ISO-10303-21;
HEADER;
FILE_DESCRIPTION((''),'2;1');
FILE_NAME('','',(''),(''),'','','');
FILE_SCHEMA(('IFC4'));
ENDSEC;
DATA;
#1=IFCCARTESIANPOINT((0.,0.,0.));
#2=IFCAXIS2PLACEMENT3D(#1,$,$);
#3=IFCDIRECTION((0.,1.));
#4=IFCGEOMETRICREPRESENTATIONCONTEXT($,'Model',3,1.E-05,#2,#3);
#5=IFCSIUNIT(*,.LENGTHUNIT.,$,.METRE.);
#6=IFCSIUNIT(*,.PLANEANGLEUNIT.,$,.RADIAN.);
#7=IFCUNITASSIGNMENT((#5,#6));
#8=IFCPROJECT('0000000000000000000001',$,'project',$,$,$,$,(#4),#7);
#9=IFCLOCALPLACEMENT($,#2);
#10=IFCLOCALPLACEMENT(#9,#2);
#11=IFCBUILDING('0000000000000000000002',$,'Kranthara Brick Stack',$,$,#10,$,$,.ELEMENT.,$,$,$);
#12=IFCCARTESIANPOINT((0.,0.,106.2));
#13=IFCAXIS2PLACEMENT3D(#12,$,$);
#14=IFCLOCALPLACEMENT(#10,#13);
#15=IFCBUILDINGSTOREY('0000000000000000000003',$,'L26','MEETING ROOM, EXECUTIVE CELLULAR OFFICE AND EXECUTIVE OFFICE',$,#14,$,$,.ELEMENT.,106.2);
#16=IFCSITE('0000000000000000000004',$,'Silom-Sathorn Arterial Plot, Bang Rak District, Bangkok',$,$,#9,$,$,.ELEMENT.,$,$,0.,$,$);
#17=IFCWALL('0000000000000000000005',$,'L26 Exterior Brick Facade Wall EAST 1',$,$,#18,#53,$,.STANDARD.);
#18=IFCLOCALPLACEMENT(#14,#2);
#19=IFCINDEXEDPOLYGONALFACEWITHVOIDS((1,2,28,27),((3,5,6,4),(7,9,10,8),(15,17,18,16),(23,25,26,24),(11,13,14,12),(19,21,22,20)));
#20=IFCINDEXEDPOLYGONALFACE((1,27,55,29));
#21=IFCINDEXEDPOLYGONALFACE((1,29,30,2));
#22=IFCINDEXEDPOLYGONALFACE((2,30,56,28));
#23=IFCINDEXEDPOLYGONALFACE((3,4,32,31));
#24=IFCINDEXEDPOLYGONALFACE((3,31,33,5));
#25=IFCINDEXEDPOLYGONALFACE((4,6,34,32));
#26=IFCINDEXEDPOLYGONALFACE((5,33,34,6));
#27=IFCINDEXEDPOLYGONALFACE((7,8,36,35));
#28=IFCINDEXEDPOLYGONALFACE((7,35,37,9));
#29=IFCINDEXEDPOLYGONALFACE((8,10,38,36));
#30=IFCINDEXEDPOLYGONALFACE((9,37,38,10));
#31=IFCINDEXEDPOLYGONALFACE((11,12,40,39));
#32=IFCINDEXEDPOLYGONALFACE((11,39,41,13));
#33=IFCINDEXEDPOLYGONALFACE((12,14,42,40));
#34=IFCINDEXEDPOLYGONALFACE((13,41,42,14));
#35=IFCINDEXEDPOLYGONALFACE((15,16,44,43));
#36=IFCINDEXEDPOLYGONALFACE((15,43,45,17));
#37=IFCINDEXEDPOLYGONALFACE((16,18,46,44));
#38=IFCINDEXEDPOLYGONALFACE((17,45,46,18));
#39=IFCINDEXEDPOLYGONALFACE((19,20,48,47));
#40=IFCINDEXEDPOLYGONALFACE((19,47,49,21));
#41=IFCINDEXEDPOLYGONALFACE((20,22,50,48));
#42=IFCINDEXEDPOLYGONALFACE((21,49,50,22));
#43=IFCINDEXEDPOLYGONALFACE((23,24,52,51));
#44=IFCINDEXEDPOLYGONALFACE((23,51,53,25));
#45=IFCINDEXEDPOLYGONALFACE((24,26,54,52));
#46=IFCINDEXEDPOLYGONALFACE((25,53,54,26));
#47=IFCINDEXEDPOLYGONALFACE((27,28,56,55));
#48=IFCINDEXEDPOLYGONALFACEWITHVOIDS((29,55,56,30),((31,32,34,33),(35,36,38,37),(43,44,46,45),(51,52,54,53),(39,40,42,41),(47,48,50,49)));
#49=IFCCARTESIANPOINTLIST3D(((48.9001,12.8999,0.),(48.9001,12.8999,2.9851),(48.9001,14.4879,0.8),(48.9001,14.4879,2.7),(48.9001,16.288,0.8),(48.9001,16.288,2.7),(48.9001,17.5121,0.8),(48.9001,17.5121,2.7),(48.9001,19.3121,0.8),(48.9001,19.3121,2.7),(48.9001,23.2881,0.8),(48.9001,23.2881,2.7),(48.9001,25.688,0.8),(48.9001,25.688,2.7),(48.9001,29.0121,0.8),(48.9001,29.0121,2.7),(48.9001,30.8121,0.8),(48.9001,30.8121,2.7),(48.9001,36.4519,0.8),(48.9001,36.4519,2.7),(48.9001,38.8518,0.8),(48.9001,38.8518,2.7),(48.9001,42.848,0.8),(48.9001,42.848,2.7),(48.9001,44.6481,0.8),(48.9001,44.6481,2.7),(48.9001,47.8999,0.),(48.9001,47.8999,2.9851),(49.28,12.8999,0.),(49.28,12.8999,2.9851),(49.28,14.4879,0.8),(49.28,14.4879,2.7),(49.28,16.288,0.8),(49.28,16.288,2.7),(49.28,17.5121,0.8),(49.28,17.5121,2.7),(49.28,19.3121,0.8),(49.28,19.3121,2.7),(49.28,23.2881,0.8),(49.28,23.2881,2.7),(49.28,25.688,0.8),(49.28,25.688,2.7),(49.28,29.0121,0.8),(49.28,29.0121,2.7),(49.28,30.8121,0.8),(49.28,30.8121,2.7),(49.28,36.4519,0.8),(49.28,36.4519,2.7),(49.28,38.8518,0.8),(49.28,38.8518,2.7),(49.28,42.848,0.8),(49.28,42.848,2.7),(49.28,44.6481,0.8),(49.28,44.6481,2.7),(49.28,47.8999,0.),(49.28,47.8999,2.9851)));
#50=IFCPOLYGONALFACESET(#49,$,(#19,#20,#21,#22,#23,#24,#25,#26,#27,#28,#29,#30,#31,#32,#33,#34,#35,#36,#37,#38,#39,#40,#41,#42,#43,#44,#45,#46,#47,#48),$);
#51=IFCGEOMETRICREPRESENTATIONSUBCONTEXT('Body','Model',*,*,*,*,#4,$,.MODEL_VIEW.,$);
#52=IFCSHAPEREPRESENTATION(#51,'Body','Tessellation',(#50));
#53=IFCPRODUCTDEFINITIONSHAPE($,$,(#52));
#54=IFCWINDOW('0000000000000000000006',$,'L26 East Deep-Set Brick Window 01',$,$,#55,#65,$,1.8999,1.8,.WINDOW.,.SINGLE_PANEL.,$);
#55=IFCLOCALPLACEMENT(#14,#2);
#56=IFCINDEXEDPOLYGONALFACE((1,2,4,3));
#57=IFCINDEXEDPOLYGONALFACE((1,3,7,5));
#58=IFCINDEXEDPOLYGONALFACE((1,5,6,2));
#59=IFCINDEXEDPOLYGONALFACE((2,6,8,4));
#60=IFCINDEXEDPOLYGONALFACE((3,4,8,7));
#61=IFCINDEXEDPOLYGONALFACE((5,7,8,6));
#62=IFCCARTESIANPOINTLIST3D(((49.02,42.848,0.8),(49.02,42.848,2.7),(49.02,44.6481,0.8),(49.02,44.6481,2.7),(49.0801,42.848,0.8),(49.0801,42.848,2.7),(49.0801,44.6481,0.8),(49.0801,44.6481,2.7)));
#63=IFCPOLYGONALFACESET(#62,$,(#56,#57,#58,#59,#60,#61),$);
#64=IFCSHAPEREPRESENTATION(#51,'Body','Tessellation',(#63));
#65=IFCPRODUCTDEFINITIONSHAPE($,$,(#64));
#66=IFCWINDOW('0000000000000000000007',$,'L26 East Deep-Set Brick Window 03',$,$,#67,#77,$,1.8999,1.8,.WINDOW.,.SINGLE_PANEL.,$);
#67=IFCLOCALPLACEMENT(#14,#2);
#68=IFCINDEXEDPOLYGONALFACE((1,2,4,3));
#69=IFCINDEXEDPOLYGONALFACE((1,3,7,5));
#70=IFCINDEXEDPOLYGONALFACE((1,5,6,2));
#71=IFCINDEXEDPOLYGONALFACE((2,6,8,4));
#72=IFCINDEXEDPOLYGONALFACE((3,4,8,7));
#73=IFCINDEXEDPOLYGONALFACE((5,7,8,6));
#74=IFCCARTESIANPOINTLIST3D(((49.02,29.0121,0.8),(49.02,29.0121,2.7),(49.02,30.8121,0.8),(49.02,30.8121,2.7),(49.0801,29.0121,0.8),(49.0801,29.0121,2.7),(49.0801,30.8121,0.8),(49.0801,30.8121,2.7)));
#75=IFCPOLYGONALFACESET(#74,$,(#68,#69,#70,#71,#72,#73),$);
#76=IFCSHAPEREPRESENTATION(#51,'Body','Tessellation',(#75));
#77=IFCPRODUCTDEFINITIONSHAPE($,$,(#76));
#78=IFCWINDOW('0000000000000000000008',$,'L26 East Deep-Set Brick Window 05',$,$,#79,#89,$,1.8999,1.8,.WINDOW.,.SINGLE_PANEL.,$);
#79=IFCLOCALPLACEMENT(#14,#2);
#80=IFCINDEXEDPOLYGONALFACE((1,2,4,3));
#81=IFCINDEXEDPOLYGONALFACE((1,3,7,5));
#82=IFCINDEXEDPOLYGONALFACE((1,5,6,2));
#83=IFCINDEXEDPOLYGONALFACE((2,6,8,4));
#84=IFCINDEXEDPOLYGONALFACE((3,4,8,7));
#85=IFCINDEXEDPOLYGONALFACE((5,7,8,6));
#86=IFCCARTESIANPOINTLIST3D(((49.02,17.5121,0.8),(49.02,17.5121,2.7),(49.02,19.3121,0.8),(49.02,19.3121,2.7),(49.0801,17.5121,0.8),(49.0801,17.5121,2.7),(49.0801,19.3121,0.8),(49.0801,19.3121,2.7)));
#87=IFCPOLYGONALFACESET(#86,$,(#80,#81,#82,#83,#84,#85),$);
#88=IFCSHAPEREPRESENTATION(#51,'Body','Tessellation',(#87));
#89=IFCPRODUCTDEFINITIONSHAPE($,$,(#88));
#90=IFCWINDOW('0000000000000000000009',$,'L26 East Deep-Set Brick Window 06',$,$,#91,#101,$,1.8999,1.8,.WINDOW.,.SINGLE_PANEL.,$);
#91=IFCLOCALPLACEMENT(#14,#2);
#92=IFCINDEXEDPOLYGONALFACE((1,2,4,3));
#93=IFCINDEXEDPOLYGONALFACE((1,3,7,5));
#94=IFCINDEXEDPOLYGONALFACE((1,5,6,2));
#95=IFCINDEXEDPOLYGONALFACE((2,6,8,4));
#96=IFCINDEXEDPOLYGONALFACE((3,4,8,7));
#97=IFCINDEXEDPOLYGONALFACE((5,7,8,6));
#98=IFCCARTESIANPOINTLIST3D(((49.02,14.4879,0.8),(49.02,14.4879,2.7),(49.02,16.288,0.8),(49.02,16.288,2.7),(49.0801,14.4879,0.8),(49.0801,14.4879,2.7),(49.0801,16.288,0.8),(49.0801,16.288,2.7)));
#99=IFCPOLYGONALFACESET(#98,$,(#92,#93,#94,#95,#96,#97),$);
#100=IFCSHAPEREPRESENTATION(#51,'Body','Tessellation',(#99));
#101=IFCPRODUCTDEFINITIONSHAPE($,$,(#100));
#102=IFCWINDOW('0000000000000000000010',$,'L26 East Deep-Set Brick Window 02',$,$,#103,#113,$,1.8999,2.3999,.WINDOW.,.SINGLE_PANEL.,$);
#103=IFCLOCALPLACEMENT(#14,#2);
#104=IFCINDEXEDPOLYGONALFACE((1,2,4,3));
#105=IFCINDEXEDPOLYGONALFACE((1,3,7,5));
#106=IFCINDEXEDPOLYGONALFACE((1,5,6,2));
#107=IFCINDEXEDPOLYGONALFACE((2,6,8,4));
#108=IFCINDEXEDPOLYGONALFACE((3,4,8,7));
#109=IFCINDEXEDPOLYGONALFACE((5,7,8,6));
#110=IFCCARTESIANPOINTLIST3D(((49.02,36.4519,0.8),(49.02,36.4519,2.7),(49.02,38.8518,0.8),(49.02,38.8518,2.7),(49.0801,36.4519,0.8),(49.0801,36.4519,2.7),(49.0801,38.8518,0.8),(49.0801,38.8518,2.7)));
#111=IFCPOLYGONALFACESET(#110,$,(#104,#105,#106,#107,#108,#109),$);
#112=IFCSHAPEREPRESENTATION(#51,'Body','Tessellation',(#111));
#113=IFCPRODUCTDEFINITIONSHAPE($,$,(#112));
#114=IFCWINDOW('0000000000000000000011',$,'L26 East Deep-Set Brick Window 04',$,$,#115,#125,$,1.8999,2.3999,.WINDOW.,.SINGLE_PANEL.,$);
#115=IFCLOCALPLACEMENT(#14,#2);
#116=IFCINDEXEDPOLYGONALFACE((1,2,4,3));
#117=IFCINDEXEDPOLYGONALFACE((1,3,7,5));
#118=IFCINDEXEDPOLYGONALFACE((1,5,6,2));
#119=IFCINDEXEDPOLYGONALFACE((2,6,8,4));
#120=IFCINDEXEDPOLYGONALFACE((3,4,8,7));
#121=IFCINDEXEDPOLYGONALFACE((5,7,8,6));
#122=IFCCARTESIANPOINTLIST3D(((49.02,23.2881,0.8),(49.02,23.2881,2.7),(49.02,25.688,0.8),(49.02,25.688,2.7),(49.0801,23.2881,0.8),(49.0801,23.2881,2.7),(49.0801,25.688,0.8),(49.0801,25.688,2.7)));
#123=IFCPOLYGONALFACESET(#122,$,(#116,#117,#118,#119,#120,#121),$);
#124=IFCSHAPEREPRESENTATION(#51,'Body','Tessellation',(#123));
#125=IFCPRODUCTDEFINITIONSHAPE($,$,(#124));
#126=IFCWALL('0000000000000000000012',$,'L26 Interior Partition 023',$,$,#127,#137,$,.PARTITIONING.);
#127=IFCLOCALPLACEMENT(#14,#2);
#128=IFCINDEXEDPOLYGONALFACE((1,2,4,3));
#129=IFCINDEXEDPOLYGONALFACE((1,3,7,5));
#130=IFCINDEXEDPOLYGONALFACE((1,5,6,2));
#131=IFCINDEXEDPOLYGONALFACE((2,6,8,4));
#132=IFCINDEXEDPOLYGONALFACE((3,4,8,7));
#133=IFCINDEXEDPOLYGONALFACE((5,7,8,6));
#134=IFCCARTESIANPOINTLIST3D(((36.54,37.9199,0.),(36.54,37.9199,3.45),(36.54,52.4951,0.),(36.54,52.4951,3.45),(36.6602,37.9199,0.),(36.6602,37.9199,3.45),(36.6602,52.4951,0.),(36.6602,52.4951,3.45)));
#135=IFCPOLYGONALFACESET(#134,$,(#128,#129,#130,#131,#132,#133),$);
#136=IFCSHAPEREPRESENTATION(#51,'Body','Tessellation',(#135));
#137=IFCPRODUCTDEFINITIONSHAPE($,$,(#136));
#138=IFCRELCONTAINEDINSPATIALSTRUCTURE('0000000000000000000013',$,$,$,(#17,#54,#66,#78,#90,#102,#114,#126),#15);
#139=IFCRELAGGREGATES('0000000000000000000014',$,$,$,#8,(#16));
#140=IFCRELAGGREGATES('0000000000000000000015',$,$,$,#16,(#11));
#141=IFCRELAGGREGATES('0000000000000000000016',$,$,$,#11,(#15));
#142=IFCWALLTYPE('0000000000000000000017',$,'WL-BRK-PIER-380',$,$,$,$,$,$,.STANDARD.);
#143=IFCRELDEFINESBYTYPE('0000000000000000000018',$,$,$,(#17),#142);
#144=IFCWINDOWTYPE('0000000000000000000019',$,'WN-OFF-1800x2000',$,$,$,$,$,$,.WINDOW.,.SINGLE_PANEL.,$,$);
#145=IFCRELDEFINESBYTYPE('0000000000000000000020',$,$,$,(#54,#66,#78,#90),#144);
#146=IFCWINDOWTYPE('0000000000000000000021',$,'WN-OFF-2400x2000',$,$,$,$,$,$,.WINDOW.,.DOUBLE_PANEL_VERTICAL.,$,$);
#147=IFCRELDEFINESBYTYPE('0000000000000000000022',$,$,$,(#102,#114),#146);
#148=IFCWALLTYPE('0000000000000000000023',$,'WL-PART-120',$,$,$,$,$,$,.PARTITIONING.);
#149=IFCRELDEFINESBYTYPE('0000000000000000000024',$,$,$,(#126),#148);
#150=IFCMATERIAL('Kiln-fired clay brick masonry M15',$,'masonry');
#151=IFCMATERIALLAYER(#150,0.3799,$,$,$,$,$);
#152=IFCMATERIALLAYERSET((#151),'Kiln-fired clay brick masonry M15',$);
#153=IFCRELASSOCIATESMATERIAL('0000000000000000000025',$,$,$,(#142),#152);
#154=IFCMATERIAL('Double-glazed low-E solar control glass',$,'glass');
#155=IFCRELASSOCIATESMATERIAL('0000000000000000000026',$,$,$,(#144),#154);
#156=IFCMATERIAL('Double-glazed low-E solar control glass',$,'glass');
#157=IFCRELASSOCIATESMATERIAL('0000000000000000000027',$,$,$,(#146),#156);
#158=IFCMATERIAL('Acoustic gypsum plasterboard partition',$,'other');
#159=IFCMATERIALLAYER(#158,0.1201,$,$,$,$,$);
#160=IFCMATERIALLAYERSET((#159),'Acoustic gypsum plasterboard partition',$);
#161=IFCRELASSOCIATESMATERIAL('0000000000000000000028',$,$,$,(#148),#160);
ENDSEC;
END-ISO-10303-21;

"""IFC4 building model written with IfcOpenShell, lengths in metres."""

from ifc_helpers import new_model, si_unit, direction, frame, frame_2d, origin, place, context, subcontext, project, spatial, rectangle, extrude, material, layer, layer_set, type_object, element, fill, save


model = new_model("IFC4")

# Units and contexts
model_context = context("Model", 3, precision=1e-05, world=origin(), true_north=direction((0.0, 1.0)))
body_context = subcontext(model_context, "Body", "Model", "MODEL_VIEW")
ifc_project = project(units=[si_unit("LENGTHUNIT", "METRE"), si_unit("PLANEANGLEUNIT", "RADIAN")], contexts=[model_context])

# Site, building, storey
site_placement = place(None, origin())
site = spatial("IfcSite", under=ifc_project, at=site_placement, Name="Silom-Sathorn Arterial Plot, Bang Rak District, Bangkok", CompositionType="ELEMENT", RefElevation=0.0)
building_placement = place(site_placement, origin())
building = spatial("IfcBuilding", under=site, at=building_placement, Name="Kranthara Brick Stack", CompositionType="ELEMENT")
storey_placement = place(building_placement, frame((0.0, 0.0, 106.2)))
storey = spatial("IfcBuildingStorey", under=building, at=storey_placement, Name="L26", Description="MEETING ROOM, EXECUTIVE CELLULAR OFFICE AND EXECUTIVE OFFICE", CompositionType="ELEMENT", Elevation=106.2)

# Shared definitions
ifc_material_1 = material(Name="Kiln-fired clay brick masonry M15", Category="masonry")
ifc_layer_1 = layer(ifc_material_1, 0.3799)
ifc_layer_set_1 = layer_set([ifc_layer_1], Name="Kiln-fired clay brick masonry M15")
wall_type_1 = type_object("IfcWallType", Name="WL-BRK-PIER-380", PredefinedType="STANDARD", material=ifc_layer_set_1)

# Wall, openings, windows
wall_1_placement = place(storey_placement, frame((49.0901, 47.8999, 0.0), z_axis=(0.0, 0.0, 1.0), x_axis=(0.0, -1.0, 0.0)))
wall_1 = element("IfcWall", 1, at=wall_1_placement, inside=storey, type_object=wall_type_1, Name="L26 Exterior Brick Facade Wall EAST 1", PredefinedType="STANDARD", context=body_context, shape_type="SweptSolid", body=[
    extrude(rectangle(XDim=35.0, YDim=0.3799, at=frame_2d((17.5, 0.0))), origin(), (0.0, 0.0, 1.0), 2.9851),
])
opening_1_placement = place(wall_1_placement, frame((3.252, 0.0, 0.8)))
opening_1 = element("IfcOpeningElement", 2, at=opening_1_placement, cuts=wall_1, PredefinedType="OPENING", context=body_context, shape_type="SweptSolid", body=[
    extrude(rectangle(XDim=1.8, YDim=1.8999, at=frame_2d((0.8999, 0.95))), frame((0.0, 0.2, 0.0), z_axis=(0.0, -1.0, 0.0), x_axis=(1.0, 0.0, 0.0)), (0.0, 0.0, 1.0), 0.3999),
])
opening_2_placement = place(wall_1_placement, frame((9.0481, 0.0, 0.8)))
opening_2 = element("IfcOpeningElement", 3, at=opening_2_placement, cuts=wall_1, PredefinedType="OPENING", context=body_context, shape_type="SweptSolid", body=[
    extrude(rectangle(XDim=2.3999, YDim=1.8999, at=frame_2d((1.2, 0.95))), frame((0.0, 0.2, 0.0), z_axis=(0.0, -1.0, 0.0), x_axis=(1.0, 0.0, 0.0)), (0.0, 0.0, 1.0), 0.3999),
])
opening_3_placement = place(wall_1_placement, frame((17.0879, 0.0, 0.8)))
opening_3 = element("IfcOpeningElement", 4, at=opening_3_placement, cuts=wall_1, PredefinedType="OPENING", context=body_context, shape_type="SweptSolid", body=[
    extrude(rectangle(XDim=1.8, YDim=1.8999, at=frame_2d((0.8999, 0.95))), frame((0.0, 0.2, 0.0), z_axis=(0.0, -1.0, 0.0), x_axis=(1.0, 0.0, 0.0)), (0.0, 0.0, 1.0), 0.3999),
])
opening_4_placement = place(wall_1_placement, frame((22.2119, 0.0, 0.8)))
opening_4 = element("IfcOpeningElement", 5, at=opening_4_placement, cuts=wall_1, PredefinedType="OPENING", context=body_context, shape_type="SweptSolid", body=[
    extrude(rectangle(XDim=2.3999, YDim=1.8999, at=frame_2d((1.2, 0.95))), frame((0.0, 0.2, 0.0), z_axis=(0.0, -1.0, 0.0), x_axis=(1.0, 0.0, 0.0)), (0.0, 0.0, 1.0), 0.3999),
])
opening_5_placement = place(wall_1_placement, frame((28.5879, 0.0, 0.8)))
opening_5 = element("IfcOpeningElement", 6, at=opening_5_placement, cuts=wall_1, PredefinedType="OPENING", context=body_context, shape_type="SweptSolid", body=[
    extrude(rectangle(XDim=1.8, YDim=1.8999, at=frame_2d((0.8999, 0.95))), frame((0.0, 0.2, 0.0), z_axis=(0.0, -1.0, 0.0), x_axis=(1.0, 0.0, 0.0)), (0.0, 0.0, 1.0), 0.3999),
])
opening_6_placement = place(wall_1_placement, frame((31.6121, 0.0, 0.8)))
opening_6 = element("IfcOpeningElement", 7, at=opening_6_placement, cuts=wall_1, PredefinedType="OPENING", context=body_context, shape_type="SweptSolid", body=[
    extrude(rectangle(XDim=1.8, YDim=1.8999, at=frame_2d((0.8999, 0.95))), frame((0.0, 0.2, 0.0), z_axis=(0.0, -1.0, 0.0), x_axis=(1.0, 0.0, 0.0)), (0.0, 0.0, 1.0), 0.3999),
])
ifc_material_2 = material(Name="Double-glazed low-E solar control glass", Category="glass")
window_type_1 = type_object("IfcWindowType", Name="WN-OFF-1800x2000", PartitioningType="SINGLE_PANEL", PredefinedType="WINDOW", material=ifc_material_2)
window_1_placement = place(opening_1_placement, origin())
window_1 = element("IfcWindow", 8, at=window_1_placement, inside=storey, type_object=window_type_1, Name="L26 East Deep-Set Brick Window 01", OverallHeight=1.8999, OverallWidth=1.8, PartitioningType="SINGLE_PANEL", PredefinedType="WINDOW", context=body_context, shape_type="SweptSolid", body=[
    extrude(rectangle(XDim=1.8, YDim=1.8999, at=frame_2d((0.8999, 0.95))), frame((0.0, -0.01, 0.0), z_axis=(0.0, -1.0, 0.0), x_axis=(1.0, 0.0, 0.0)), (0.0, 0.0, 1.0), 0.0601),
])
fill(opening_1, window_1)
window_2_placement = place(opening_3_placement, origin())
window_2 = element("IfcWindow", 9, at=window_2_placement, inside=storey, type_object=window_type_1, Name="L26 East Deep-Set Brick Window 03", OverallHeight=1.8999, OverallWidth=1.8, PartitioningType="SINGLE_PANEL", PredefinedType="WINDOW", context=body_context, shape_type="SweptSolid", body=[
    extrude(rectangle(XDim=1.8, YDim=1.8999, at=frame_2d((0.8999, 0.95))), frame((0.0, -0.01, 0.0), z_axis=(0.0, -1.0, 0.0), x_axis=(1.0, 0.0, 0.0)), (0.0, 0.0, 1.0), 0.0601),
])
fill(opening_3, window_2)
window_3_placement = place(opening_5_placement, origin())
window_3 = element("IfcWindow", 10, at=window_3_placement, inside=storey, type_object=window_type_1, Name="L26 East Deep-Set Brick Window 05", OverallHeight=1.8999, OverallWidth=1.8, PartitioningType="SINGLE_PANEL", PredefinedType="WINDOW", context=body_context, shape_type="SweptSolid", body=[
    extrude(rectangle(XDim=1.8, YDim=1.8999, at=frame_2d((0.8999, 0.95))), frame((0.0, -0.01, 0.0), z_axis=(0.0, -1.0, 0.0), x_axis=(1.0, 0.0, 0.0)), (0.0, 0.0, 1.0), 0.0601),
])
fill(opening_5, window_3)
window_4_placement = place(opening_6_placement, origin())
window_4 = element("IfcWindow", 11, at=window_4_placement, inside=storey, type_object=window_type_1, Name="L26 East Deep-Set Brick Window 06", OverallHeight=1.8999, OverallWidth=1.8, PartitioningType="SINGLE_PANEL", PredefinedType="WINDOW", context=body_context, shape_type="SweptSolid", body=[
    extrude(rectangle(XDim=1.8, YDim=1.8999, at=frame_2d((0.8999, 0.95))), frame((0.0, -0.01, 0.0), z_axis=(0.0, -1.0, 0.0), x_axis=(1.0, 0.0, 0.0)), (0.0, 0.0, 1.0), 0.0601),
])
fill(opening_6, window_4)
ifc_material_3 = material(Name="Double-glazed low-E solar control glass", Category="glass")
window_type_2 = type_object("IfcWindowType", Name="WN-OFF-2400x2000", PartitioningType="DOUBLE_PANEL_VERTICAL", PredefinedType="WINDOW", material=ifc_material_3)
window_5_placement = place(opening_2_placement, origin())
window_5 = element("IfcWindow", 12, at=window_5_placement, inside=storey, type_object=window_type_2, Name="L26 East Deep-Set Brick Window 02", OverallHeight=1.8999, OverallWidth=2.3999, PartitioningType="SINGLE_PANEL", PredefinedType="WINDOW", context=body_context, shape_type="SweptSolid", body=[
    extrude(rectangle(XDim=2.3999, YDim=1.8999, at=frame_2d((1.2, 0.95))), frame((0.0, -0.01, 0.0), z_axis=(0.0, -1.0, 0.0), x_axis=(1.0, 0.0, 0.0)), (0.0, 0.0, 1.0), 0.0601),
])
fill(opening_2, window_5)
window_6_placement = place(opening_4_placement, origin())
window_6 = element("IfcWindow", 13, at=window_6_placement, inside=storey, type_object=window_type_2, Name="L26 East Deep-Set Brick Window 04", OverallHeight=1.8999, OverallWidth=2.3999, PartitioningType="SINGLE_PANEL", PredefinedType="WINDOW", context=body_context, shape_type="SweptSolid", body=[
    extrude(rectangle(XDim=2.3999, YDim=1.8999, at=frame_2d((1.2, 0.95))), frame((0.0, -0.01, 0.0), z_axis=(0.0, -1.0, 0.0), x_axis=(1.0, 0.0, 0.0)), (0.0, 0.0, 1.0), 0.0601),
])
fill(opening_4, window_6)

# Wall
ifc_material_4 = material(Name="Acoustic gypsum plasterboard partition", Category="other")
ifc_layer_2 = layer(ifc_material_4, 0.1201)
ifc_layer_set_2 = layer_set([ifc_layer_2], Name="Acoustic gypsum plasterboard partition")
wall_type_2 = type_object("IfcWallType", Name="WL-PART-120", PredefinedType="PARTITIONING", material=ifc_layer_set_2)
wall_2_placement = place(storey_placement, frame((36.6001, 37.9199, 0.0), z_axis=(0.0, 0.0, 1.0), x_axis=(0.0, 1.0, 0.0)))
element("IfcWall", 14, at=wall_2_placement, inside=storey, type_object=wall_type_2, Name="L26 Interior Partition 023", PredefinedType="PARTITIONING", context=body_context, shape_type="SweptSolid", body=[
    extrude(rectangle(XDim=14.5752, YDim=0.1201, at=frame_2d((7.2876, 0.0))), origin(), (0.0, 0.0, 1.0), 3.45),
])

save(model, "model.ifc")
